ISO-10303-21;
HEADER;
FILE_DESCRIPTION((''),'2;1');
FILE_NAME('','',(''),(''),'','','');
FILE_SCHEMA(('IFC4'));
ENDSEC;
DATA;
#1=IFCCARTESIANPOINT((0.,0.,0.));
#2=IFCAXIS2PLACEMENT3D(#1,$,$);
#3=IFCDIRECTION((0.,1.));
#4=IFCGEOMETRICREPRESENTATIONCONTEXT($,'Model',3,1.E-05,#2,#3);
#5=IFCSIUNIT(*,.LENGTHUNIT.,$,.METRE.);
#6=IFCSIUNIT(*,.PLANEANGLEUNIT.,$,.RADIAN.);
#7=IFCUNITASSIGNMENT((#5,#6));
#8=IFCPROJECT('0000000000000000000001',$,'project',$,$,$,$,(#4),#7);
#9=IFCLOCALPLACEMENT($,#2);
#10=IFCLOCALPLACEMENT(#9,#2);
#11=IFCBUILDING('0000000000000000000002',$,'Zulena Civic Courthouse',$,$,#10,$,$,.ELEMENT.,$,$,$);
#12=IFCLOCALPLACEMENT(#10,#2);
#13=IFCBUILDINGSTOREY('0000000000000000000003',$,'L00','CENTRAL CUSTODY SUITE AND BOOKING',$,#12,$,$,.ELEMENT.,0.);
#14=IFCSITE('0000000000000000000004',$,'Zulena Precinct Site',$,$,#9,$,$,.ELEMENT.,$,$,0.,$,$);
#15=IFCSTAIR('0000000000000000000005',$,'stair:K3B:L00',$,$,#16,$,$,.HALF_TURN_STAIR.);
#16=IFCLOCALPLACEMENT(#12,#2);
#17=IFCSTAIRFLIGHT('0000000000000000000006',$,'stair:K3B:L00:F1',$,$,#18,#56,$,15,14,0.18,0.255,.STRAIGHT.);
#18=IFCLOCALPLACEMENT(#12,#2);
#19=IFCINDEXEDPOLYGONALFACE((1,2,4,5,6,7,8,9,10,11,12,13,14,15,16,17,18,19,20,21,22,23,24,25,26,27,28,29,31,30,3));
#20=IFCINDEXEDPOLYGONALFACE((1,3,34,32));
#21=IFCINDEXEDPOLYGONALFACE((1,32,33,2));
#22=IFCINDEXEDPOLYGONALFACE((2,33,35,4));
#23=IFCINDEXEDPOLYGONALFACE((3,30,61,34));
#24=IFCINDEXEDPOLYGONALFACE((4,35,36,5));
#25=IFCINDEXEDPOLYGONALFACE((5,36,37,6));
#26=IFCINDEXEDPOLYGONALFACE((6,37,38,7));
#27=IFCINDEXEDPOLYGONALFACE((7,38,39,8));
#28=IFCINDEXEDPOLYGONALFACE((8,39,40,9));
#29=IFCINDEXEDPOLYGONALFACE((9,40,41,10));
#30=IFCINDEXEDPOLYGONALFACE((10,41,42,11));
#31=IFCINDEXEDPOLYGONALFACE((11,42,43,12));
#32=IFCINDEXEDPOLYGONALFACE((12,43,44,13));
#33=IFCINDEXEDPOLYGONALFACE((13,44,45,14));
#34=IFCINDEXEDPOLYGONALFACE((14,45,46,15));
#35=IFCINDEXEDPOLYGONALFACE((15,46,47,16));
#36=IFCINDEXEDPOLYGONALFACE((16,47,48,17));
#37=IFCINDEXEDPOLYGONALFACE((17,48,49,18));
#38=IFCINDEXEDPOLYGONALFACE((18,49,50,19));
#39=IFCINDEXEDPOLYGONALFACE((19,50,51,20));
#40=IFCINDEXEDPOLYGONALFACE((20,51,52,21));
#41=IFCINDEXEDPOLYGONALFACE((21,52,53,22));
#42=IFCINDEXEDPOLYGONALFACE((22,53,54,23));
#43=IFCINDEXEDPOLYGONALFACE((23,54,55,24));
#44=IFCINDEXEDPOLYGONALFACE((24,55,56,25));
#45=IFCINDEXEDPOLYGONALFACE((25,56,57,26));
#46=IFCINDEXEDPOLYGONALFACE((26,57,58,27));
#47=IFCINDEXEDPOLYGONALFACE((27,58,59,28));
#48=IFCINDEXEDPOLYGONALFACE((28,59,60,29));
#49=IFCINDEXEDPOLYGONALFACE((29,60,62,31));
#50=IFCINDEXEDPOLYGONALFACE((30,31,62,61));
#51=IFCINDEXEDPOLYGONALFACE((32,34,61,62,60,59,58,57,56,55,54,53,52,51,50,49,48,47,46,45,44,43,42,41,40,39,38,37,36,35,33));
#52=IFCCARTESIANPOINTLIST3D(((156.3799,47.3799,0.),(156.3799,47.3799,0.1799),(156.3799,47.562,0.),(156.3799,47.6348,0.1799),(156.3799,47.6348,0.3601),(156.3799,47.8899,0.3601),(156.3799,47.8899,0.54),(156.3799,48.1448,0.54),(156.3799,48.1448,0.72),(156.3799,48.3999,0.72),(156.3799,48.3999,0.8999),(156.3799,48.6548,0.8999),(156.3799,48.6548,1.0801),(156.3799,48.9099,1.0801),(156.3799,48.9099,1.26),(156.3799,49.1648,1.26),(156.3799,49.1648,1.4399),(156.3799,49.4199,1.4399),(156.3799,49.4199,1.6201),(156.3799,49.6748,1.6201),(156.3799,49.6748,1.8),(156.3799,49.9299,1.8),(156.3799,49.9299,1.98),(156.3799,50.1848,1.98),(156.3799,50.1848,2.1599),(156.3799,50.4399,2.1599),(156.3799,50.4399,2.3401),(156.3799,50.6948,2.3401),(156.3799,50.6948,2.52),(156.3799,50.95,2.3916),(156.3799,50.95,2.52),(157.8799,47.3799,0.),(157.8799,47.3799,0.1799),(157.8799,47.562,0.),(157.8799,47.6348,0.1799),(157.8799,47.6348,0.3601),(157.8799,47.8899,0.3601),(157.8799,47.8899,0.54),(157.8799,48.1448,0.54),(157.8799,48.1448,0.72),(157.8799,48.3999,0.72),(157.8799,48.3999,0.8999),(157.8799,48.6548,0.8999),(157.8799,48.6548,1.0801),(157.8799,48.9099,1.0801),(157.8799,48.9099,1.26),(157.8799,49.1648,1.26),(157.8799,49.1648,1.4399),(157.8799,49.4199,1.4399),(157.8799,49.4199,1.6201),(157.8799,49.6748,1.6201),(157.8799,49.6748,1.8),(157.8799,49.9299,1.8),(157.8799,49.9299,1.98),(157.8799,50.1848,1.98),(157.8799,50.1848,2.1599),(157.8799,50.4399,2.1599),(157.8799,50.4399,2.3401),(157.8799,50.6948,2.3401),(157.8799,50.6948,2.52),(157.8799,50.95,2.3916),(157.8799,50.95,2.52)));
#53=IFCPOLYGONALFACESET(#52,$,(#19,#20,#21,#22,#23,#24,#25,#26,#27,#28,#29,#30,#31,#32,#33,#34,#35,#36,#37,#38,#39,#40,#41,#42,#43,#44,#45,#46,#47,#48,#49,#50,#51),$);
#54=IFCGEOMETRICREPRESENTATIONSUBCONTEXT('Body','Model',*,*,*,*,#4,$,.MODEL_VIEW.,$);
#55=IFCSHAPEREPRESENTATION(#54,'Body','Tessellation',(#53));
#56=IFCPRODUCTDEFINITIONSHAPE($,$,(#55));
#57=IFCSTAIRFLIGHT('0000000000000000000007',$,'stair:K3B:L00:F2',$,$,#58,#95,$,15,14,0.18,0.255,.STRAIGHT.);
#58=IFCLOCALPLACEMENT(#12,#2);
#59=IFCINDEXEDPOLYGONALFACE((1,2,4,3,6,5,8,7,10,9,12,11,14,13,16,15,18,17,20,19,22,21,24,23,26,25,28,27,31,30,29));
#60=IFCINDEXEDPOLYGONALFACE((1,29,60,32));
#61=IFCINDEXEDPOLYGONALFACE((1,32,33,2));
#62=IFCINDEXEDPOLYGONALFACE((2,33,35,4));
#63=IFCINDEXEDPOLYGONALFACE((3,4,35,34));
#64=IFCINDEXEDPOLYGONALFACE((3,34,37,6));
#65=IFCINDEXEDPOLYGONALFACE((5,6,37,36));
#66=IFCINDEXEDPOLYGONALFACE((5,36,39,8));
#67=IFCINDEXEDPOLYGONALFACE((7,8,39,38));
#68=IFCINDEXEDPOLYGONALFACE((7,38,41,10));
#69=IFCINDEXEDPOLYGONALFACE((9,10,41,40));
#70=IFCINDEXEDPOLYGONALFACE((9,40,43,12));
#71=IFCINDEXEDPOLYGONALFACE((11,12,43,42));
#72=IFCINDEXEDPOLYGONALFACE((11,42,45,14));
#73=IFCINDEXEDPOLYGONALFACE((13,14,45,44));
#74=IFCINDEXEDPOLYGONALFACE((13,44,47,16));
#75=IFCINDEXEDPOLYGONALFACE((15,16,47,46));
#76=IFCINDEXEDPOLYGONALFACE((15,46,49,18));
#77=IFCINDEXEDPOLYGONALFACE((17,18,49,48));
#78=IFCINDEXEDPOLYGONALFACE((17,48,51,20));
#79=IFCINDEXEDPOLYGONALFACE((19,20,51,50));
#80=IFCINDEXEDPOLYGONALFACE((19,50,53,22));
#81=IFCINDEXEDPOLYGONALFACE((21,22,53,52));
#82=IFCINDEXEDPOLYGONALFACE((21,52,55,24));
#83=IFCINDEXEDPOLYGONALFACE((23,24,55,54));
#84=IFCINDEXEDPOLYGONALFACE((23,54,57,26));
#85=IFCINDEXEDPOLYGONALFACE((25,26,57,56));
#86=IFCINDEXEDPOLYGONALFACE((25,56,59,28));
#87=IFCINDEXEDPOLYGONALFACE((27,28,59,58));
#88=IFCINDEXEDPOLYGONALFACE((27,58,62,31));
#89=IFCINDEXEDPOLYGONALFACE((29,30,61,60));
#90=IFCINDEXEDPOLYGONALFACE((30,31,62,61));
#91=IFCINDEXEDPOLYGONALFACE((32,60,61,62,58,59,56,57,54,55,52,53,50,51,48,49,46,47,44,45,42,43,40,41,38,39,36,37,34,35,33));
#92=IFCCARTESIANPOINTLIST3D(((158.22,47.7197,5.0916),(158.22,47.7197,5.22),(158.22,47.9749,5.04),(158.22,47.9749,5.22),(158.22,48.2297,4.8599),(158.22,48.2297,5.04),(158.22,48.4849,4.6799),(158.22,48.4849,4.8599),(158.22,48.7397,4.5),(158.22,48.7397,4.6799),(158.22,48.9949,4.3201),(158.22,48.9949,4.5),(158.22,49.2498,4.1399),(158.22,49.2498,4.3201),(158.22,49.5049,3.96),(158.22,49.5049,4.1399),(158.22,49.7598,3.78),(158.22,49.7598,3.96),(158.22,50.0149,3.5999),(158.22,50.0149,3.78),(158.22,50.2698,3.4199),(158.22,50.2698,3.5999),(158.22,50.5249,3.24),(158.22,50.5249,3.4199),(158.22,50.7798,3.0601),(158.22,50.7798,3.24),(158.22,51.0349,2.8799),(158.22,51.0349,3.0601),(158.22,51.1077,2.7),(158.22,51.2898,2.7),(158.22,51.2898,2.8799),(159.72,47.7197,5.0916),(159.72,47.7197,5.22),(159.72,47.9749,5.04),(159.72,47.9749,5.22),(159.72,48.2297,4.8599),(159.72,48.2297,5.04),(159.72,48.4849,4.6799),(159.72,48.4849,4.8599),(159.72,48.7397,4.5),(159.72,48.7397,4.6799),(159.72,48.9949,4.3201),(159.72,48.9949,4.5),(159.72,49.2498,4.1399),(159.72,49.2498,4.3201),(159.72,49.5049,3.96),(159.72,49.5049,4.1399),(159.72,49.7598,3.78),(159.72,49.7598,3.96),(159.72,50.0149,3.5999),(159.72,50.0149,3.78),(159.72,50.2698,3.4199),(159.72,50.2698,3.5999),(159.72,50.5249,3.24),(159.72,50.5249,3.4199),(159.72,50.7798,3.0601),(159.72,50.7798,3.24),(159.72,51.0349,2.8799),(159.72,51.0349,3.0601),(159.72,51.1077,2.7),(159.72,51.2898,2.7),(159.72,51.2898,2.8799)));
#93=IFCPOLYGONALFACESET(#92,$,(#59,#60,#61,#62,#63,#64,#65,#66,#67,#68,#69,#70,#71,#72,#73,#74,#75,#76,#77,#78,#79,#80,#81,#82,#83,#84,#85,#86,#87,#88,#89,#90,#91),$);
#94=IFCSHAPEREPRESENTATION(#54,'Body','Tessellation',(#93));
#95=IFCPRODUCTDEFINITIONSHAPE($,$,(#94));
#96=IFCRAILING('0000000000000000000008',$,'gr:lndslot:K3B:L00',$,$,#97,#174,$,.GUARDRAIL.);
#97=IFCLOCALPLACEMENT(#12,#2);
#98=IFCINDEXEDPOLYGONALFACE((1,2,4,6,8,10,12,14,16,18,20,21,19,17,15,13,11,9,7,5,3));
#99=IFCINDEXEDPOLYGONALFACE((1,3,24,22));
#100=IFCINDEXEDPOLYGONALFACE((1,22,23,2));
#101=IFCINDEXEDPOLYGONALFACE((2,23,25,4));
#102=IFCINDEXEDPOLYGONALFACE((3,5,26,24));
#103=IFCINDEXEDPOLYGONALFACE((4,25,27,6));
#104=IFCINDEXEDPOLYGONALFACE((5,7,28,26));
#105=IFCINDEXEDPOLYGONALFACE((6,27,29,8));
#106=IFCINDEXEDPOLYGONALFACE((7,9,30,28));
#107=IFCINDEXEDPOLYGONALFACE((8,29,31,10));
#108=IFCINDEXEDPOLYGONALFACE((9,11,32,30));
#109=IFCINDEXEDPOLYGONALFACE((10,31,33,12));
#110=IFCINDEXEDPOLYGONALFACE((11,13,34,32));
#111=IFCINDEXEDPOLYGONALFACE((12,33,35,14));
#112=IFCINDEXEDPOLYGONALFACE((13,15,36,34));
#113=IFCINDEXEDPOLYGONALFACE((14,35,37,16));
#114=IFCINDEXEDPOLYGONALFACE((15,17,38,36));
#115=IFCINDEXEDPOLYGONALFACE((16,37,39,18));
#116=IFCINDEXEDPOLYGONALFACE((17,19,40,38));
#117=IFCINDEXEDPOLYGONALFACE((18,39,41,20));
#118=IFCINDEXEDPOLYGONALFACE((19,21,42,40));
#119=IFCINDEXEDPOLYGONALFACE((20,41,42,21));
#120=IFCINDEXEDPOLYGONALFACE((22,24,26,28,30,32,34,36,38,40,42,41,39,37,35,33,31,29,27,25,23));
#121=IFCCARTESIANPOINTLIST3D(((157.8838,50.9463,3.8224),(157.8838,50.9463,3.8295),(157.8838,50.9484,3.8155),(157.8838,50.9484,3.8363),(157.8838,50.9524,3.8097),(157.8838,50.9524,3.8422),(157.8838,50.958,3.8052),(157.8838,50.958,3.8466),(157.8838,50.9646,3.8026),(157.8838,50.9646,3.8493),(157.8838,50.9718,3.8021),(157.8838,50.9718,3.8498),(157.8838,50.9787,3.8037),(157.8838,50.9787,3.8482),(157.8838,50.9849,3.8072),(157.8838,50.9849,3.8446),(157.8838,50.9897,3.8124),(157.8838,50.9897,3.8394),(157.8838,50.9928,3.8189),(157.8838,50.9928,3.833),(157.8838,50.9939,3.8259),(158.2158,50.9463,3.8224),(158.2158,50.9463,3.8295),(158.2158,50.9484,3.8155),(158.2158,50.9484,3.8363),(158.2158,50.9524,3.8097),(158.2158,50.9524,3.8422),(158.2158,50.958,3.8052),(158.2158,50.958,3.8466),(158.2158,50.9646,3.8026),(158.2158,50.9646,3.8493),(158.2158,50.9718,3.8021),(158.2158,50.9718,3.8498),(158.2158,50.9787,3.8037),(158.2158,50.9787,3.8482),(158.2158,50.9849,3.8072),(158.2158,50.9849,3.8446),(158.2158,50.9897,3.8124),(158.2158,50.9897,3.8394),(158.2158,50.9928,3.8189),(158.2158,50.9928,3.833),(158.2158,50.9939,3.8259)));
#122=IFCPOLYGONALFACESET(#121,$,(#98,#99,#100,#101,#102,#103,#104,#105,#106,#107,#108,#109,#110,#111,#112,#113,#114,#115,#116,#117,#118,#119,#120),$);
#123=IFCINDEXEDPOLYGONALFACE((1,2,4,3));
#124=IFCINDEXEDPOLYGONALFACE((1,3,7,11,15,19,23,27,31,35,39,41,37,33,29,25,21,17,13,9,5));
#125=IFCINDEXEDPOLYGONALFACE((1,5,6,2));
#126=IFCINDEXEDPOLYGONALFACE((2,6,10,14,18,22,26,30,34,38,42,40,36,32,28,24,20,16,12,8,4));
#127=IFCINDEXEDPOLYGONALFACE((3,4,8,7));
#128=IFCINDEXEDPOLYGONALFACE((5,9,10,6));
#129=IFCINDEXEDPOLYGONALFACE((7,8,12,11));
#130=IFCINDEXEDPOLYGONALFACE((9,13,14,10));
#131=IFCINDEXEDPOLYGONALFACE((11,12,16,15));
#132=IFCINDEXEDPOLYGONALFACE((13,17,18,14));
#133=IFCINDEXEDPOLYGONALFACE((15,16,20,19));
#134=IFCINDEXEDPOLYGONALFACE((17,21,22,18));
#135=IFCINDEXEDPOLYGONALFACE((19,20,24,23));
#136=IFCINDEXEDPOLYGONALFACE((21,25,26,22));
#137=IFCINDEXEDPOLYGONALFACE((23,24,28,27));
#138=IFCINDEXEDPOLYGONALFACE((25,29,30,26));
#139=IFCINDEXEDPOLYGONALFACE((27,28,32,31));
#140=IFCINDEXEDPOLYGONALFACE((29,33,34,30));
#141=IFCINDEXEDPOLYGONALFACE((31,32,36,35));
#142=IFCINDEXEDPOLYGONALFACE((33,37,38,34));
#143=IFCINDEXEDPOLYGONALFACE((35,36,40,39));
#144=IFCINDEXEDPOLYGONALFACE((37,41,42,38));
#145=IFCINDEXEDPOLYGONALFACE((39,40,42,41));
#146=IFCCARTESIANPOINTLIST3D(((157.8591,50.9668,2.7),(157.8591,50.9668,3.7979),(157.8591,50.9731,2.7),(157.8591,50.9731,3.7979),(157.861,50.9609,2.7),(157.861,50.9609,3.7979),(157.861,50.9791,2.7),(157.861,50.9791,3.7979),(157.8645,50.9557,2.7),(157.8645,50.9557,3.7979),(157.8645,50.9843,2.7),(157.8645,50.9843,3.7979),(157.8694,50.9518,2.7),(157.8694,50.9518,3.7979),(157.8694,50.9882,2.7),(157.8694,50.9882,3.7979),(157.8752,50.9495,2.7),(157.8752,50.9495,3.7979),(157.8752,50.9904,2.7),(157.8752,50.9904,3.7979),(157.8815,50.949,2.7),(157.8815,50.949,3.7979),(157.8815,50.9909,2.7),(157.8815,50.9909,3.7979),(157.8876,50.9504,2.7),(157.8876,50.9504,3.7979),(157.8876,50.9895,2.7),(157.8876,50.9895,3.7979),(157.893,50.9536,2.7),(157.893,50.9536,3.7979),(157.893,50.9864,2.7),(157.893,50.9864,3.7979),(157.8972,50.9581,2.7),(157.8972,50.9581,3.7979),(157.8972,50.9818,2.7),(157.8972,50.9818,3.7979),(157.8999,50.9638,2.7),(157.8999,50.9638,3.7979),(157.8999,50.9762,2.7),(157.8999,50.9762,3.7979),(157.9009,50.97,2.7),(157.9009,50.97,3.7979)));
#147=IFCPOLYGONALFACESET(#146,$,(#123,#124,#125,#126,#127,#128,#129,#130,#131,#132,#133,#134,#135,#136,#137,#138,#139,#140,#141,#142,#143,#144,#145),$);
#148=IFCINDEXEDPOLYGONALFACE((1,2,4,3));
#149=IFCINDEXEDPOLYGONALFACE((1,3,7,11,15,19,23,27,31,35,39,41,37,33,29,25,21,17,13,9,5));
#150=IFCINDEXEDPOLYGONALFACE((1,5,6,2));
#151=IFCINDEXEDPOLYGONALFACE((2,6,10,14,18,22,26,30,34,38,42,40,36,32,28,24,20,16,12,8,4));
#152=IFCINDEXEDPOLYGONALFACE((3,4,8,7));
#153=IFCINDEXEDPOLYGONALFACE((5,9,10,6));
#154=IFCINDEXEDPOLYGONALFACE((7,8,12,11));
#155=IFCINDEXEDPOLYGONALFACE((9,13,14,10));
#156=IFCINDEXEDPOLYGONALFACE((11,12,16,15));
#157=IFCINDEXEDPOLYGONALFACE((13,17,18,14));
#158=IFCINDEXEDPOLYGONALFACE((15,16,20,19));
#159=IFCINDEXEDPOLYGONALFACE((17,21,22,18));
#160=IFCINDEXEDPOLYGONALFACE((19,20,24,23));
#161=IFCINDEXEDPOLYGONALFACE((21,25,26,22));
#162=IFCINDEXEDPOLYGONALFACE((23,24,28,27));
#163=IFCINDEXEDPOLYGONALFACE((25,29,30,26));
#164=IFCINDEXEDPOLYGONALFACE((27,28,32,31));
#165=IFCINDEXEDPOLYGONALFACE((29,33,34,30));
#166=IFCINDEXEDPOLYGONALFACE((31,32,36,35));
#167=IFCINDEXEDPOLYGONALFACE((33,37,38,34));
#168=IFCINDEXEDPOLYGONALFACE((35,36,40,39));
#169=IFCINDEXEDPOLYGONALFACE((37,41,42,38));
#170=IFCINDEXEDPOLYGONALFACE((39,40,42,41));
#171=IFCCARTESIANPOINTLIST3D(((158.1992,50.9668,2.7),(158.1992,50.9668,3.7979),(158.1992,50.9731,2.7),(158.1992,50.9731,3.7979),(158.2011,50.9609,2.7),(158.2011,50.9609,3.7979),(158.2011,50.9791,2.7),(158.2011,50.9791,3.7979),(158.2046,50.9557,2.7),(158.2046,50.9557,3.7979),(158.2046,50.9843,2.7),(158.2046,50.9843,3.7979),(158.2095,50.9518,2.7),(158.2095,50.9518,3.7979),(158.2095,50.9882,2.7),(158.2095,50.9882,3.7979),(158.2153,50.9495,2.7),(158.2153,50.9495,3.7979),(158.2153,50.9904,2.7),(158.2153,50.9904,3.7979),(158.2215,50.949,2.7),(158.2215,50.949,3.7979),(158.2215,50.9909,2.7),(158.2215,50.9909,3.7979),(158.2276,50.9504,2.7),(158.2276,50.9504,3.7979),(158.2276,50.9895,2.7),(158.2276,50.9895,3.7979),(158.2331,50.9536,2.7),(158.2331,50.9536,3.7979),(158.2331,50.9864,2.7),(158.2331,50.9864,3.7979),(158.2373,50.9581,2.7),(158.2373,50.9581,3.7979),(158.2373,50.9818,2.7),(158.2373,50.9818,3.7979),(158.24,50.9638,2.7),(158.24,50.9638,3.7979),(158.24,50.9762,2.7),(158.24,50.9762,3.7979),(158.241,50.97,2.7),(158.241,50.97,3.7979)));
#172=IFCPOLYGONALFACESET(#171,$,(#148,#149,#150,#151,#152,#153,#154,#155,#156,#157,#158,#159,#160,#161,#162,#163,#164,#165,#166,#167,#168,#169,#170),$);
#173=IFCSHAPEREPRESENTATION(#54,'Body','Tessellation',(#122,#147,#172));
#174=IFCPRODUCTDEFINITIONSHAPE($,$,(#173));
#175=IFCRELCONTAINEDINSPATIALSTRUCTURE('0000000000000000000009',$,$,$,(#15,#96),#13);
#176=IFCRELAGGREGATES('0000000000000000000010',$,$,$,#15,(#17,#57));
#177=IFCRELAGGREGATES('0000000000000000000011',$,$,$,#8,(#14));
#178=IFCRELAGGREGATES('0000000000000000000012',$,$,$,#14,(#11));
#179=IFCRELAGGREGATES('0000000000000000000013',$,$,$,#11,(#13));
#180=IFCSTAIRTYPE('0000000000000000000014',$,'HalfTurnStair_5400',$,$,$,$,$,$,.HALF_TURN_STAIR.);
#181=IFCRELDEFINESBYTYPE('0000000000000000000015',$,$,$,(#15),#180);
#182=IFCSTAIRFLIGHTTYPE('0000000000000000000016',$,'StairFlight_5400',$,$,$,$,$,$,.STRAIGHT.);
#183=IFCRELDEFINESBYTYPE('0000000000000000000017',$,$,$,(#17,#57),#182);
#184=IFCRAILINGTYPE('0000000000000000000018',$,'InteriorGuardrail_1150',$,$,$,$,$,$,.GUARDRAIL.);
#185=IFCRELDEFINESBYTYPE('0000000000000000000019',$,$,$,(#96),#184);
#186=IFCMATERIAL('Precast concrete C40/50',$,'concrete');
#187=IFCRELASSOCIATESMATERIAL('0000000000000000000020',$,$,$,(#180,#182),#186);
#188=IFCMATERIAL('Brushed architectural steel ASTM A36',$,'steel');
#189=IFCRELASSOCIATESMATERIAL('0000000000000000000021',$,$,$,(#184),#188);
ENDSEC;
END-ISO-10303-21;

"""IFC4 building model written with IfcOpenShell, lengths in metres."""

from ifc_helpers import new_model, si_unit, direction, frame, origin, origin_2d, place, context, subcontext, project, spatial, polyline, circle, outline, extrude, material, type_object, element, aggregate, save


model = new_model("IFC4")

# Units and contexts
model_context = context("Model", 3, precision=1e-05, world=origin(), true_north=direction((0.0, 1.0)))
body_context = subcontext(model_context, "Body", "Model", "MODEL_VIEW")
ifc_project = project(units=[si_unit("LENGTHUNIT", "METRE"), si_unit("PLANEANGLEUNIT", "RADIAN")], contexts=[model_context])

# Site, building, storey
site_placement = place(None, origin())
site = spatial("IfcSite", under=ifc_project, at=site_placement, Name="Zulena Precinct Site", CompositionType="ELEMENT", RefElevation=0.0)
building_placement = place(site_placement, origin())
building = spatial("IfcBuilding", under=site, at=building_placement, Name="Zulena Civic Courthouse", CompositionType="ELEMENT")
storey_placement = place(building_placement, origin())
storey = spatial("IfcBuildingStorey", under=building, at=storey_placement, Name="L00", Description="CENTRAL CUSTODY SUITE AND BOOKING", CompositionType="ELEMENT", Elevation=0.0)

# Stair, stair flights
ifc_material_1 = material(Name="Precast concrete C40/50", Category="concrete")
stair_type = type_object("IfcStairType", Name="HalfTurnStair_5400", PredefinedType="HALF_TURN_STAIR", material=ifc_material_1)
stair_placement = place(storey_placement, origin())
stair = element("IfcStair", 1, at=stair_placement, inside=storey, type_object=stair_type, Name="stair:K3B:L00", PredefinedType="HALF_TURN_STAIR")
stair_flight_type = type_object("IfcStairFlightType", Name="StairFlight_5400", PredefinedType="STRAIGHT", material=ifc_material_1)
stair_flight_1_placement = place(storey_placement, frame((157.1299, 47.3799, 0.0), z_axis=(0.0, 0.0, 1.0), x_axis=(0.0, 1.0, 0.0)))
stair_flight_1 = element("IfcStairFlight", 2, at=stair_flight_1_placement, type_object=stair_flight_type, Name="stair:K3B:L00:F1", NumberOfRisers=15, NumberOfTreads=14, PredefinedType="STRAIGHT", RiserHeight=0.18, TreadLength=0.255, context=body_context, shape_type="SweptSolid", body=[
    extrude(outline(polyline([(0.0, 0.0), (0.0, 0.1799), (0.2549, 0.1799), (0.2549, 0.3601), (0.51, 0.3601), (0.51, 0.54), (0.7649, 0.54), (0.7649, 0.72), (1.02, 0.72), (1.02, 0.8999), (1.2749, 0.8999), (1.2749, 1.0801), (1.53, 1.0801), (1.53, 1.26), (1.7849, 1.26), (1.7849, 1.4399), (2.04, 1.4399), (2.04, 1.6201), (2.2949, 1.6201), (2.2949, 1.8), (2.55, 1.8), (2.55, 1.98), (2.8049, 1.98), (2.8049, 2.1599), (3.0601, 2.1599), (3.0601, 2.3401), (3.3149, 2.3401), (3.3149, 2.52), (3.5701, 2.52), (3.5701, 2.7), (3.5701, 2.3916), (0.1821, 0.0), (0.0, 0.0)])), frame((0.0, 0.75, 0.0), z_axis=(0.0, -1.0, 0.0), x_axis=(1.0, 0.0, 0.0)), (0.0, 0.0, 1.0), 1.5),
])
stair_flight_2_placement = place(storey_placement, frame((158.97, 51.2898, 2.7), z_axis=(0.0, 0.0, 1.0), x_axis=(0.0, -1.0, 0.0)))
stair_flight_2 = element("IfcStairFlight", 3, at=stair_flight_2_placement, type_object=stair_flight_type, Name="stair:K3B:L00:F2", NumberOfRisers=15, NumberOfTreads=14, PredefinedType="STRAIGHT", RiserHeight=0.18, TreadLength=0.255, context=body_context, shape_type="SweptSolid", body=[
    extrude(outline(polyline([(0.0, 0.0), (0.0, 0.1799), (0.2549, 0.1799), (0.2549, 0.3601), (0.51, 0.3601), (0.51, 0.54), (0.7649, 0.54), (0.7649, 0.72), (1.02, 0.72), (1.02, 0.8999), (1.2749, 0.8999), (1.2749, 1.0801), (1.53, 1.0801), (1.53, 1.26), (1.7849, 1.26), (1.7849, 1.4399), (2.04, 1.4399), (2.04, 1.6201), (2.2949, 1.6201), (2.2949, 1.8), (2.55, 1.8), (2.55, 1.98), (2.8049, 1.98), (2.8049, 2.1599), (3.0601, 2.1599), (3.0601, 2.3401), (3.3149, 2.3401), (3.3149, 2.52), (3.5701, 2.52), (3.5701, 2.7), (3.5701, 2.3916), (0.1821, 0.0), (0.0, 0.0)])), frame((0.0, 0.75, 0.0), z_axis=(0.0, -1.0, 0.0), x_axis=(1.0, 0.0, 0.0)), (0.0, 0.0, 1.0), 1.5),
])
aggregate(stair, [stair_flight_1, stair_flight_2])

# Railing
ifc_material_2 = material(Name="Brushed architectural steel ASTM A36", Category="steel")
railing_type_1 = type_object("IfcRailingType", Name="InteriorGuardrail_1150", PredefinedType="GUARDRAIL", material=ifc_material_2)
railing_1_placement = place(storey_placement, frame((157.8799, 50.97, 2.7)))
element("IfcRailing", 4, at=railing_1_placement, inside=storey, type_object=railing_type_1, Name="gr:lndslot:K3B:L00", PredefinedType="GUARDRAIL", context=body_context, shape_type="SweptSolid", body=[
    extrude(circle(Radius=0.0239, at=origin_2d()), frame((0.0039, 0.0, 1.126), z_axis=(1.0, 0.0, 0.0), x_axis=(0.0, 1.0, 0.0)), (0.0, 0.0, 1.0), 0.332),
    extrude(circle(Radius=0.021, at=origin_2d()), origin(), (0.0, 0.0, 1.0), 1.0979),
    extrude(circle(Radius=0.021, at=origin_2d()), frame((0.3401, 0.0, 0.0)), (0.0, 0.0, 1.0), 1.0979),
])

save(model, "model.ifc")
